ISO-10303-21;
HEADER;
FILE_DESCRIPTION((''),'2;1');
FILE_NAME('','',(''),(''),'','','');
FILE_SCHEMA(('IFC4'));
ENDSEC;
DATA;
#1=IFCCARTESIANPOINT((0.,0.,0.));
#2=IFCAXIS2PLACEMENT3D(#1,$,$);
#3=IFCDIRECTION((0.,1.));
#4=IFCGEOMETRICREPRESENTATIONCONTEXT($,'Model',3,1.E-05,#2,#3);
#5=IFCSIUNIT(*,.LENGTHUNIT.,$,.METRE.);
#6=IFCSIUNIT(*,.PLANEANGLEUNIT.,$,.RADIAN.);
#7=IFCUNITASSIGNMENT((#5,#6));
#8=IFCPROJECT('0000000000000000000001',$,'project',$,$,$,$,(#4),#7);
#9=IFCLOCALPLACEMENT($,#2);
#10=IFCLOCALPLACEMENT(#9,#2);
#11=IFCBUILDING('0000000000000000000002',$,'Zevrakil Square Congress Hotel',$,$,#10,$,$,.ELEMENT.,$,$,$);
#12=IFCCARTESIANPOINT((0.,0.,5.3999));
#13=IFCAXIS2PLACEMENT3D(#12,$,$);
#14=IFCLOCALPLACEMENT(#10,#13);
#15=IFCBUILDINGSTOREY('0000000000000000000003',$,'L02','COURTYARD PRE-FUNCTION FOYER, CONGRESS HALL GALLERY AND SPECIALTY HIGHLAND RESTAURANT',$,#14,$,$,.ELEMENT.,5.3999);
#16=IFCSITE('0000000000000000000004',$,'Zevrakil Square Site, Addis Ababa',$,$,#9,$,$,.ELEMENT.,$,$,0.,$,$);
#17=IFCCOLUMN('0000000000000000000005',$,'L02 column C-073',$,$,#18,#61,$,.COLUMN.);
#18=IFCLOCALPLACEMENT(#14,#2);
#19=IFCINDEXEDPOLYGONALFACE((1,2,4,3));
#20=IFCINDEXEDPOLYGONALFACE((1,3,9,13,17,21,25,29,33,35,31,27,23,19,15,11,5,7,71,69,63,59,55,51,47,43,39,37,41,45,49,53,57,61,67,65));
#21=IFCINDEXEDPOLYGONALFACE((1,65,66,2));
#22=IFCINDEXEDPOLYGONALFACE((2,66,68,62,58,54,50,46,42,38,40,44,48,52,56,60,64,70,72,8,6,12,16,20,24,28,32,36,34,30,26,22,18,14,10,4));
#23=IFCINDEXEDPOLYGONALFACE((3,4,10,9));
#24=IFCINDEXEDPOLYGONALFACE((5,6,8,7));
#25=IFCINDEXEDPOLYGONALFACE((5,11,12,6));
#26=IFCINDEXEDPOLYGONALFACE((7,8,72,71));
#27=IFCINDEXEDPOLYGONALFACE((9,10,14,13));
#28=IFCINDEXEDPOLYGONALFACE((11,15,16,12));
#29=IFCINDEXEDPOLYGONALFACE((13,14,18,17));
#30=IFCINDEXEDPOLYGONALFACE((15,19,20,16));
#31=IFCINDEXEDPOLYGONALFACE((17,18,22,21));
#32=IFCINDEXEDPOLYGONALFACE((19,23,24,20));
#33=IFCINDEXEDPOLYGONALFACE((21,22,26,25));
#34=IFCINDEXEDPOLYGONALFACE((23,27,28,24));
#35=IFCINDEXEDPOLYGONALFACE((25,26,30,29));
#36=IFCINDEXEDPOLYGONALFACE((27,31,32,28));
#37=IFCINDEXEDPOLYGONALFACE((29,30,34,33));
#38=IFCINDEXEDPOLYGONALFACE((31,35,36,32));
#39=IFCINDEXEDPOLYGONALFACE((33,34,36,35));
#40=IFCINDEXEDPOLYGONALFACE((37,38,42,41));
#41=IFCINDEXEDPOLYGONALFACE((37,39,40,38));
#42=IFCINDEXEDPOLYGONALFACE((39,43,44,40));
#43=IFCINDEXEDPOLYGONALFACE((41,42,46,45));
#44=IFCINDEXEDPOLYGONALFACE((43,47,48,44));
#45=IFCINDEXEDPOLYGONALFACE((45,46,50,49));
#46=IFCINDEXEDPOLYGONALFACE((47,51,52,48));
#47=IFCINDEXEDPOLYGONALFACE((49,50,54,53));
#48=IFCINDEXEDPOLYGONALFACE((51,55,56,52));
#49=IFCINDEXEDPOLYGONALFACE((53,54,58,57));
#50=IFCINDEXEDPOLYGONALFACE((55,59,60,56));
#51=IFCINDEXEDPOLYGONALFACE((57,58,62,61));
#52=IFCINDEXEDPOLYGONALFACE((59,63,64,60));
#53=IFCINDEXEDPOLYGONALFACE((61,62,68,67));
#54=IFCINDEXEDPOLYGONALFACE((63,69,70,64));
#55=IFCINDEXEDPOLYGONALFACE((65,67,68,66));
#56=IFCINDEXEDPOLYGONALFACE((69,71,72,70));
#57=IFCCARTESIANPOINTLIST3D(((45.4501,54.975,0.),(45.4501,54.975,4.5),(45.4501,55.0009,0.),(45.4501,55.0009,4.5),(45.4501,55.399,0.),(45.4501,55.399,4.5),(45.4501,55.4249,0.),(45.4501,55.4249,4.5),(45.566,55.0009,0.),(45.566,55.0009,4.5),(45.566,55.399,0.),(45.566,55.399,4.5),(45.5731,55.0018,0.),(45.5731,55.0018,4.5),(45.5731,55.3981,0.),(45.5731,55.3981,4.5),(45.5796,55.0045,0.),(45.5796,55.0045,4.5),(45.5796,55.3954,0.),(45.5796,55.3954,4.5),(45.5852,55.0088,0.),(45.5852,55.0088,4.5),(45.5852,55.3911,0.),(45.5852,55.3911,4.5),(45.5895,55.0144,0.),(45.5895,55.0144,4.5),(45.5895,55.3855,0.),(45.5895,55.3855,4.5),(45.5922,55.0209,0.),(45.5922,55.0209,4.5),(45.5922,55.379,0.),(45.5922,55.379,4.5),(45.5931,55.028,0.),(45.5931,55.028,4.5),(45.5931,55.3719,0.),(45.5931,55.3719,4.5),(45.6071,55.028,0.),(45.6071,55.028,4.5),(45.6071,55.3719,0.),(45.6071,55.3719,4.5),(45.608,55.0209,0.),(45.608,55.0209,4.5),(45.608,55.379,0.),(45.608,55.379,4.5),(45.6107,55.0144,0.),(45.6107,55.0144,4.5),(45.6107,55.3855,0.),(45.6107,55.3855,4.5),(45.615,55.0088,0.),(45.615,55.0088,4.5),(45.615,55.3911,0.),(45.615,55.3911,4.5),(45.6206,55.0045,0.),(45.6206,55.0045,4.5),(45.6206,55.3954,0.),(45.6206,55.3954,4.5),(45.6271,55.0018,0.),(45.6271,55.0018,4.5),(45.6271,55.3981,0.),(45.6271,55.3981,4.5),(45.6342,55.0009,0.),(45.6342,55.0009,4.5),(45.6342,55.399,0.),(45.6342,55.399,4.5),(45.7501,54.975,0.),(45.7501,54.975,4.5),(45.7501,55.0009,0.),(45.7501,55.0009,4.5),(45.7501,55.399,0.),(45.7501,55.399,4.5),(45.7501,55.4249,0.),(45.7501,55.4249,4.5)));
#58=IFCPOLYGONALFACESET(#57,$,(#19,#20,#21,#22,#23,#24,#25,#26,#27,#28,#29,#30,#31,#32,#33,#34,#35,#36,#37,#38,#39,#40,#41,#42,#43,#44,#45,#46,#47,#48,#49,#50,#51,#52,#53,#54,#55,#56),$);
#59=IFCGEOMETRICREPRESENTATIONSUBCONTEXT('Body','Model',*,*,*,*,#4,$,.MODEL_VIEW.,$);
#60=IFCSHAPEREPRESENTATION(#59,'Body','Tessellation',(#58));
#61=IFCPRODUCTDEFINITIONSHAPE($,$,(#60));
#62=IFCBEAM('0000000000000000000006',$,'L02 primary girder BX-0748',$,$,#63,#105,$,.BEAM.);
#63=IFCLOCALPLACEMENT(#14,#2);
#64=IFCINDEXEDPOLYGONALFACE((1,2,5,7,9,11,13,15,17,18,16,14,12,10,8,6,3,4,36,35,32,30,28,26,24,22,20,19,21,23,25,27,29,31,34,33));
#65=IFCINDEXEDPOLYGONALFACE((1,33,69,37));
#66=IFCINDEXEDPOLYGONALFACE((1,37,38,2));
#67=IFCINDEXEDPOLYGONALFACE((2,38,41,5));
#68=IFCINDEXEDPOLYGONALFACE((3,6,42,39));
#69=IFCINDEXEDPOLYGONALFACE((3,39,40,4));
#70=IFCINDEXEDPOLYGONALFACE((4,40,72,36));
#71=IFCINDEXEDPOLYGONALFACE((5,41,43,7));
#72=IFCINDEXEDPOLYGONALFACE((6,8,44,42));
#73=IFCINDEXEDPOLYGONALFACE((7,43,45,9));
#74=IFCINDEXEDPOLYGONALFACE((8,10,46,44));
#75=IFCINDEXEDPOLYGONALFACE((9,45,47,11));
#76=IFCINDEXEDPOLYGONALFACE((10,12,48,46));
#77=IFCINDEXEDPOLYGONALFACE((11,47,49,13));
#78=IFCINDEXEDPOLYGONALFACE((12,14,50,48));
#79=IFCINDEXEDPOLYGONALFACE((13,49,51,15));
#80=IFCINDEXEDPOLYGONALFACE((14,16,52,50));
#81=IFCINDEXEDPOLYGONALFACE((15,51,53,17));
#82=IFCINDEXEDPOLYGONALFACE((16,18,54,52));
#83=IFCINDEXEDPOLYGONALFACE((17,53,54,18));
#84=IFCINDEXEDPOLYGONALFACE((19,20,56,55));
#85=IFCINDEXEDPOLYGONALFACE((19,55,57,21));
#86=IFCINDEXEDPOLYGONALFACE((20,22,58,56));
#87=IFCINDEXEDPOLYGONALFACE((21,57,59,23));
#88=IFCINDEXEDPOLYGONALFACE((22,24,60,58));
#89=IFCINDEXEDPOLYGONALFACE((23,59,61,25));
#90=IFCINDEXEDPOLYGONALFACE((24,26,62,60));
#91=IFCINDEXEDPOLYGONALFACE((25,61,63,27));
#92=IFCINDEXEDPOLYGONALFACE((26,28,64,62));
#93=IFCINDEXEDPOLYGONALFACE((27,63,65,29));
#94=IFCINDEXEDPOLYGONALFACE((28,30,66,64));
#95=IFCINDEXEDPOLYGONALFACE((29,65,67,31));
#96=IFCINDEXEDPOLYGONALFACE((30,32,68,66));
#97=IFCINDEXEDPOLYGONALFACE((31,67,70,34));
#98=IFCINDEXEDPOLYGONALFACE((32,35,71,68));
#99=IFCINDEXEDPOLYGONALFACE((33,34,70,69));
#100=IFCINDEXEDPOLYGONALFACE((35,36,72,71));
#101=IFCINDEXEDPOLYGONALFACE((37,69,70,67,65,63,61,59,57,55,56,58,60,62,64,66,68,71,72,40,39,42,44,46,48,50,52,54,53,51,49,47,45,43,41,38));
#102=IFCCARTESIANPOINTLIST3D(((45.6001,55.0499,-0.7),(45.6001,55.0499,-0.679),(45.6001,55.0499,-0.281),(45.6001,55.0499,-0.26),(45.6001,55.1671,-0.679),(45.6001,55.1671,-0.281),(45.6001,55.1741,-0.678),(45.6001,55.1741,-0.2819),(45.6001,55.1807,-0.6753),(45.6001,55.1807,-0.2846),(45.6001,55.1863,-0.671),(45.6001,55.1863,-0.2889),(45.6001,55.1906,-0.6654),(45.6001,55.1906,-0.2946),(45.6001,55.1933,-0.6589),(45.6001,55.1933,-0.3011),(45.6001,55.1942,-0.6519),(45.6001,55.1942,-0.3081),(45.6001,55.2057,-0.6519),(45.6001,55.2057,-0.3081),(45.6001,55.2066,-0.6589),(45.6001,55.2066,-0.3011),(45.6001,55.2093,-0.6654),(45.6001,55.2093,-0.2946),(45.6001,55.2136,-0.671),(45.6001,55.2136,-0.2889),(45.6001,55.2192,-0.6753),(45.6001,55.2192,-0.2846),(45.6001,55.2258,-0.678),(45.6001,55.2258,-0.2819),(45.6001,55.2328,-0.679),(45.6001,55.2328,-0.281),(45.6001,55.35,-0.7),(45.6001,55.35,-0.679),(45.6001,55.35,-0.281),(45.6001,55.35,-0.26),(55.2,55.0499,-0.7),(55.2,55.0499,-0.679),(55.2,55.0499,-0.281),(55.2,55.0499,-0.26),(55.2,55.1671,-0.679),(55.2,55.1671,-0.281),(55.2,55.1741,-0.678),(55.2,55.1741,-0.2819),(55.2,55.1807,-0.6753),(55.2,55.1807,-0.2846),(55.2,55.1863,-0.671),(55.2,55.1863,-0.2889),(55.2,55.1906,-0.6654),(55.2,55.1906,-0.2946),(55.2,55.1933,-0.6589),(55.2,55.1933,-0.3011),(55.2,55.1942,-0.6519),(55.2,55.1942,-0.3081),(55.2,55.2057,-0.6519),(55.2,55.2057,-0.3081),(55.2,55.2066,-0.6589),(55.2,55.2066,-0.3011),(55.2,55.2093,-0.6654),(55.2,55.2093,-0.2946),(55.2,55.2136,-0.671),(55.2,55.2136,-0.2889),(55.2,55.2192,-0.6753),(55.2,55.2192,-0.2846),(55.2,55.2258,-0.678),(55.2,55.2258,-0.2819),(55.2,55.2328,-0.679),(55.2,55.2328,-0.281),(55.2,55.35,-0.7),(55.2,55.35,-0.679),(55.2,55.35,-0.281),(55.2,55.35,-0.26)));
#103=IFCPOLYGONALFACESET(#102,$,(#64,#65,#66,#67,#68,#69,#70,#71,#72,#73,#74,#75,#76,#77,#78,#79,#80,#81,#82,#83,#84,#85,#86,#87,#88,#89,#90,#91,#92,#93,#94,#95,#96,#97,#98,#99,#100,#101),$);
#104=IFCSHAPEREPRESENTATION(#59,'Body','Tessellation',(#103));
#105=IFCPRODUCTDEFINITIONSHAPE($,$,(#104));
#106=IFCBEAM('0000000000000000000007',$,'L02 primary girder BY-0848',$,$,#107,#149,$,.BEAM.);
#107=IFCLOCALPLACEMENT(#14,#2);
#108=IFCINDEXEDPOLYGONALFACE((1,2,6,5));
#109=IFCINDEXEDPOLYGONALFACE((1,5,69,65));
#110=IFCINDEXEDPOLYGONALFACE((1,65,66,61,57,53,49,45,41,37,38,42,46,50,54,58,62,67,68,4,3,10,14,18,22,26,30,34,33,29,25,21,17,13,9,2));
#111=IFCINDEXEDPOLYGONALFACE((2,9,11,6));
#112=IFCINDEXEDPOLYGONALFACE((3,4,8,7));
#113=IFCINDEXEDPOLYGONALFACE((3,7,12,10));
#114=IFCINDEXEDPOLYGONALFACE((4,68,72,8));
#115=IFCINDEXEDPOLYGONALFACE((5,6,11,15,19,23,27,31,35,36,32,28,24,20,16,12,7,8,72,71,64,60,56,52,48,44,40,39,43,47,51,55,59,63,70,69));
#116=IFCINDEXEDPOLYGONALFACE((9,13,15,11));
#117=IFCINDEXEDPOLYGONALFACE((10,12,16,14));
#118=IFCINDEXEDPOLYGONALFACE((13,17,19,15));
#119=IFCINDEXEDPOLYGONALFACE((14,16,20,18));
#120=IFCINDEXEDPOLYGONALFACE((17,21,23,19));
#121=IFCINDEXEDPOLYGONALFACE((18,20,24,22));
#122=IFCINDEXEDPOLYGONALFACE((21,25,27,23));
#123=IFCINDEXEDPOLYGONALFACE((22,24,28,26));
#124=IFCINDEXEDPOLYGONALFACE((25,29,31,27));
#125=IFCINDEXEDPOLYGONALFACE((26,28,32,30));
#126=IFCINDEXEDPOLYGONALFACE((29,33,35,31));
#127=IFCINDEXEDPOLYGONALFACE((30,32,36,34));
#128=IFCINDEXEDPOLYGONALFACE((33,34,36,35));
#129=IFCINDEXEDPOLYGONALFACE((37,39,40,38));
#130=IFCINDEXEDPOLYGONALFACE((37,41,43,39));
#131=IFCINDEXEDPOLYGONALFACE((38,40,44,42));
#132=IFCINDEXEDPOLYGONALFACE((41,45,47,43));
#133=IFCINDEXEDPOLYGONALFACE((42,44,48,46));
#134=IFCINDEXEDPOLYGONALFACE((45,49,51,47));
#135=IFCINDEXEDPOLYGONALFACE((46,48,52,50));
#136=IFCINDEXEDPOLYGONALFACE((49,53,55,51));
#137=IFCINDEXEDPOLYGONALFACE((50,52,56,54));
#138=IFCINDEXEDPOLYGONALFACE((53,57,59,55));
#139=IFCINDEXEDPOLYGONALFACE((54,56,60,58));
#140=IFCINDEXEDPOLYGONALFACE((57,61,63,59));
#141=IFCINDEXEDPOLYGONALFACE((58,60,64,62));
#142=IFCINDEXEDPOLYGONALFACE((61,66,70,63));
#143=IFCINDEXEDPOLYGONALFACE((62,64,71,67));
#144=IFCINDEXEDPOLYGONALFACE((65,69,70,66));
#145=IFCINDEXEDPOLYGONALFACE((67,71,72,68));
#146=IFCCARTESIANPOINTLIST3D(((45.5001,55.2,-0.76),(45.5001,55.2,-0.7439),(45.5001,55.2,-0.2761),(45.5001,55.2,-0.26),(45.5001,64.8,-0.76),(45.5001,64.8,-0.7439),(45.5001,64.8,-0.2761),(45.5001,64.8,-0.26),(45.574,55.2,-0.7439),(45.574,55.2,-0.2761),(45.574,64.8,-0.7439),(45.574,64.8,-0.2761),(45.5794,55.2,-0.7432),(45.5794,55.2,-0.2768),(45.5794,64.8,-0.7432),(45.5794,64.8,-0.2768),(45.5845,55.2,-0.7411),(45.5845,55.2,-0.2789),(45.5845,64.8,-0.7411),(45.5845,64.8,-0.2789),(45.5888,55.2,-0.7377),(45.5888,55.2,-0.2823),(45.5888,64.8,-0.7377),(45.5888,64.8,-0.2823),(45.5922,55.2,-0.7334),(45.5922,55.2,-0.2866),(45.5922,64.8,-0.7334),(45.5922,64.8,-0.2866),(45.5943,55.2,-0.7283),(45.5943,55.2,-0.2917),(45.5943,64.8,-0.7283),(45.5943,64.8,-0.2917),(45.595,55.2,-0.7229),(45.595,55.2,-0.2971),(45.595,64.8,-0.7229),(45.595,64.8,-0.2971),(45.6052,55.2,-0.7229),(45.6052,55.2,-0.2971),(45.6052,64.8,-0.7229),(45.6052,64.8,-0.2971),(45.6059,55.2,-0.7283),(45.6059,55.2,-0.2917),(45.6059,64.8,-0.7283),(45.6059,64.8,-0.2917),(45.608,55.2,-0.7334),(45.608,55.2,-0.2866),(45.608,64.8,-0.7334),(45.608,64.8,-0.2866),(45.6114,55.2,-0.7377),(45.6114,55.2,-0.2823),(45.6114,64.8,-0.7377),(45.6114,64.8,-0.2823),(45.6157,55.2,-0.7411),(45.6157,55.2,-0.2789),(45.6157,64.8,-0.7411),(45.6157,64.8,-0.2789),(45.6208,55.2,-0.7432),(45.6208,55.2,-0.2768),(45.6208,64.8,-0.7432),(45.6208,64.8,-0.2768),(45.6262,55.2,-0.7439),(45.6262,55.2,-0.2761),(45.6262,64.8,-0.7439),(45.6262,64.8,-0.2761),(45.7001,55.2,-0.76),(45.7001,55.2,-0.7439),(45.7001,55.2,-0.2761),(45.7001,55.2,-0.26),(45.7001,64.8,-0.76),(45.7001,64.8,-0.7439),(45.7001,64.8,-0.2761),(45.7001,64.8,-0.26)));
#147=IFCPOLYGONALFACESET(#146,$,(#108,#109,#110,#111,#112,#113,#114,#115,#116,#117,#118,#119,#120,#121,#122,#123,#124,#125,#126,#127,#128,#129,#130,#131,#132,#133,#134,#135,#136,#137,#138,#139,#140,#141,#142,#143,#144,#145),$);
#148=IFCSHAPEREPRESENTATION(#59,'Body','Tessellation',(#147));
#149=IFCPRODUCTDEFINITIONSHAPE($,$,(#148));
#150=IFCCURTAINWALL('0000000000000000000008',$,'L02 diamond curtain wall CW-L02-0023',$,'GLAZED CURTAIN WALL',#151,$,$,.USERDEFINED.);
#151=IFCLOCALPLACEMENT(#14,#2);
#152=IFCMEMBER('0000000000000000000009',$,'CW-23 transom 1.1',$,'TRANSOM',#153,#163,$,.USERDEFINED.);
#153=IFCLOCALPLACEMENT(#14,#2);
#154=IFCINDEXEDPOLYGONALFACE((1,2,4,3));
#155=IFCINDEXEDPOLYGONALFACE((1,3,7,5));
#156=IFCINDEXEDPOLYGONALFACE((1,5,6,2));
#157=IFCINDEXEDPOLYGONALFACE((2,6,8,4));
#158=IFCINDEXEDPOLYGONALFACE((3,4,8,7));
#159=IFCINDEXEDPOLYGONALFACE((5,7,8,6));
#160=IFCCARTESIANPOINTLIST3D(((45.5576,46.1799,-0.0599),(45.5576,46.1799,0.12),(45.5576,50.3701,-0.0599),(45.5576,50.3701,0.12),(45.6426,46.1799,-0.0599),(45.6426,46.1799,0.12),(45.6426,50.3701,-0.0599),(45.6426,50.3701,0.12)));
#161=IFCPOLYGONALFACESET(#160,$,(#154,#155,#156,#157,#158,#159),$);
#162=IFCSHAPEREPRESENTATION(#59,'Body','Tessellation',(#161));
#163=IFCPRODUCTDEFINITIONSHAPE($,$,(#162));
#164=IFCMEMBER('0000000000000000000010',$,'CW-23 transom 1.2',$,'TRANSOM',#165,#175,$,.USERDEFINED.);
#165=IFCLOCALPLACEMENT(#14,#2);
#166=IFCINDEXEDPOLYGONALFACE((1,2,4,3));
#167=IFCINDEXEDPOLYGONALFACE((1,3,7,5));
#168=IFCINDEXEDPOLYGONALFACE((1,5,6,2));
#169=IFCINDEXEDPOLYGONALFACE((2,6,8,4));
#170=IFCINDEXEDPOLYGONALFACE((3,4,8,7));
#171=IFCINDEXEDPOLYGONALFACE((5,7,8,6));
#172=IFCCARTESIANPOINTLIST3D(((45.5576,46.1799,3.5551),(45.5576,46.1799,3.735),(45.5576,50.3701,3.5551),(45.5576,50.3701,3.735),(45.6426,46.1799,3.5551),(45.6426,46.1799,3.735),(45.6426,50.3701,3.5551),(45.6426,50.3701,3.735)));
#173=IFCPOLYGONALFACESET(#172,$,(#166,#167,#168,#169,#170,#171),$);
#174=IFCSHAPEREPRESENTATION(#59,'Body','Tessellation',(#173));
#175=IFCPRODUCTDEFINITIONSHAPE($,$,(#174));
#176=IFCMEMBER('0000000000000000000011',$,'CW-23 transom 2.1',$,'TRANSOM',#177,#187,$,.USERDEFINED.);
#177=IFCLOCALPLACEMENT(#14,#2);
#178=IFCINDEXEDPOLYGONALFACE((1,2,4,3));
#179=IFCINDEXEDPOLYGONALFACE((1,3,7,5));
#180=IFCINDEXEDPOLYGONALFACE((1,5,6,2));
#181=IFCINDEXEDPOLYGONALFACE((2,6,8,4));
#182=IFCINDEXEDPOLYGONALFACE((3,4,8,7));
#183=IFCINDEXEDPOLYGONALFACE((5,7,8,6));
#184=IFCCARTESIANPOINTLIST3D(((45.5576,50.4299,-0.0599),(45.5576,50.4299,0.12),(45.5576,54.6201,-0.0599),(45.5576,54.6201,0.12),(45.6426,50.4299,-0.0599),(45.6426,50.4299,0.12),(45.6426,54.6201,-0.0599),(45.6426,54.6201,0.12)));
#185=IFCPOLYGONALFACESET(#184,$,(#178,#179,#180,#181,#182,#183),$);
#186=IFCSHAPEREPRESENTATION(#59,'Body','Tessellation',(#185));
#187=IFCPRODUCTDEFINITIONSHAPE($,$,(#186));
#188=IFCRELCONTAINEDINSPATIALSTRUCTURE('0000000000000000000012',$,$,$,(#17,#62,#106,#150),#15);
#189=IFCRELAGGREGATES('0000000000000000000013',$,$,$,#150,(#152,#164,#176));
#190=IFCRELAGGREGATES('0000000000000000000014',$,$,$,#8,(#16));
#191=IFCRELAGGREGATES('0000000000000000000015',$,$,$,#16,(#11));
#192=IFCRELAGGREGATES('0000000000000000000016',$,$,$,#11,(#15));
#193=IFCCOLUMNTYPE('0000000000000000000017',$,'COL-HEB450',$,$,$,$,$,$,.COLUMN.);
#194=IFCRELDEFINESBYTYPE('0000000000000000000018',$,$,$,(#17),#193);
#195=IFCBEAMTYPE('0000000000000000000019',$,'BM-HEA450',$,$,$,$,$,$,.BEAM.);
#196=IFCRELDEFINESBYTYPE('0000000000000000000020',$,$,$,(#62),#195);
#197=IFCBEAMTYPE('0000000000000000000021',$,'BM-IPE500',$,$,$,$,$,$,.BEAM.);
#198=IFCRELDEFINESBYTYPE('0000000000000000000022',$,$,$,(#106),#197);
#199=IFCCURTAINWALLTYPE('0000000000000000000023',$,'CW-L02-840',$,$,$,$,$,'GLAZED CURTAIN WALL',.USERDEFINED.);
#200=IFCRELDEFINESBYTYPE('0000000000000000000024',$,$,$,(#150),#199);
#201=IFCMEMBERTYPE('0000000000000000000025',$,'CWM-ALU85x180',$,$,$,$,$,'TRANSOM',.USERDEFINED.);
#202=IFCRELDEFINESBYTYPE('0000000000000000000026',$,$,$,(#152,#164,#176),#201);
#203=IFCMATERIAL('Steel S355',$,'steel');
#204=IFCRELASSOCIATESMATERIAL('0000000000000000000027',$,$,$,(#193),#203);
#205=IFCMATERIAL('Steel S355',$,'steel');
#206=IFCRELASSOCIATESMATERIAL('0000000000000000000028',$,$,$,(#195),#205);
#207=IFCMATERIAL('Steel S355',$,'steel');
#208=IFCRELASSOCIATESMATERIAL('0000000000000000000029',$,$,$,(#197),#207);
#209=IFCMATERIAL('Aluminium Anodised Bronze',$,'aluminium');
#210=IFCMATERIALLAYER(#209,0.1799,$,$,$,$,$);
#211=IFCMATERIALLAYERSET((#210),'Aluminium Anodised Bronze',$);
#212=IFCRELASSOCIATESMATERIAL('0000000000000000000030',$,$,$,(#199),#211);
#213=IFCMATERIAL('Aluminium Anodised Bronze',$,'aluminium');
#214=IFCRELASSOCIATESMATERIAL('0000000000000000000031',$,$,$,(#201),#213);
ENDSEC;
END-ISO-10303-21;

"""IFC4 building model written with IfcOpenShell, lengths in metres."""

from ifc_helpers import new_model, si_unit, direction, frame, origin, origin_2d, place, context, subcontext, project, spatial, rectangle, i_section, extrude, material, layer, layer_set, material_profile, profile_set, type_object, element, aggregate, save


model = new_model("IFC4")

# Units and contexts
model_context = context("Model", 3, precision=1e-05, world=origin(), true_north=direction((0.0, 1.0)))
body_context = subcontext(model_context, "Body", "Model", "MODEL_VIEW")
ifc_project = project(units=[si_unit("LENGTHUNIT", "METRE"), si_unit("PLANEANGLEUNIT", "RADIAN")], contexts=[model_context])

# Site, building, storey
site_placement = place(None, origin())
site = spatial("IfcSite", under=ifc_project, at=site_placement, Name="Zevrakil Square Site, Addis Ababa", CompositionType="ELEMENT", RefElevation=0.0)
building_placement = place(site_placement, origin())
building = spatial("IfcBuilding", under=site, at=building_placement, Name="Zevrakil Square Congress Hotel", CompositionType="ELEMENT")
storey_placement = place(building_placement, frame((0.0, 0.0, 5.3999)))
storey = spatial("IfcBuildingStorey", under=building, at=storey_placement, Name="L02", Description="COURTYARD PRE-FUNCTION FOYER, CONGRESS HALL GALLERY AND SPECIALTY HIGHLAND RESTAURANT", CompositionType="ELEMENT", Elevation=5.3999)

# Column
ifc_material_1 = material(Name="Steel S355", Category="steel")
ifc_material_profile_1 = material_profile(ifc_material_1, i_section(OverallWidth=0.3, OverallDepth=0.45, WebThickness=0.0139, FlangeThickness=0.0259, FilletRadius=0.0271, at=origin_2d()), Name="HEB 450")
ifc_profile_set_1 = profile_set([ifc_material_profile_1], Name="Steel S355")
column_type = type_object("IfcColumnType", Name="COL-HEB450", PredefinedType="COLUMN", material=ifc_profile_set_1)
column_placement = place(storey_placement, frame((45.6001, 55.2, 0.0), z_axis=(0.0, 0.0, 1.0), x_axis=(1.0, 0.0, 0.0)))
element("IfcColumn", 1, at=column_placement, inside=storey, type_object=column_type, Name="L02 column C-073", PredefinedType="COLUMN", context=body_context, shape_type="SweptSolid", body=[
    extrude(i_section(OverallWidth=0.3, OverallDepth=0.45, WebThickness=0.0139, FlangeThickness=0.0259, FilletRadius=0.0271, at=origin_2d()), origin(), (0.0, 0.0, 1.0), 4.5),
])

# Beams
ifc_material_2 = material(Name="Steel S355", Category="steel")
ifc_material_profile_2 = material_profile(ifc_material_2, i_section(OverallWidth=0.3, OverallDepth=0.4399, WebThickness=0.0115, FlangeThickness=0.021, FilletRadius=0.0271, at=origin_2d()), Name="HEA 450")
ifc_profile_set_2 = profile_set([ifc_material_profile_2], Name="Steel S355")
beam_type_1 = type_object("IfcBeamType", Name="BM-HEA450", PredefinedType="BEAM", material=ifc_profile_set_2)
beam_1_placement = place(storey_placement, frame((45.6001, 55.2, -0.48), z_axis=(1.0, 0.0, 0.0), x_axis=(0.0, 1.0, 0.0)))
element("IfcBeam", 2, at=beam_1_placement, inside=storey, type_object=beam_type_1, Name="L02 primary girder BX-0748", PredefinedType="BEAM", context=body_context, shape_type="SweptSolid", body=[
    extrude(i_section(OverallWidth=0.3, OverallDepth=0.4399, WebThickness=0.0115, FlangeThickness=0.021, FilletRadius=0.0271, at=origin_2d()), origin(), (0.0, 0.0, 1.0), 9.5999),
])
ifc_material_3 = material(Name="Steel S355", Category="steel")
ifc_material_profile_3 = material_profile(ifc_material_3, i_section(OverallWidth=0.2, OverallDepth=0.5, WebThickness=0.0103, FlangeThickness=0.0161, FilletRadius=0.021, at=origin_2d()), Name="IPE 500")
ifc_profile_set_3 = profile_set([ifc_material_profile_3], Name="Steel S355")
beam_type_2 = type_object("IfcBeamType", Name="BM-IPE500", PredefinedType="BEAM", material=ifc_profile_set_3)
beam_2_placement = place(storey_placement, frame((45.6001, 55.2, -0.51), z_axis=(0.0, 1.0, 0.0), x_axis=(-1.0, 0.0, 0.0)))
element("IfcBeam", 3, at=beam_2_placement, inside=storey, type_object=beam_type_2, Name="L02 primary girder BY-0848", PredefinedType="BEAM", context=body_context, shape_type="SweptSolid", body=[
    extrude(i_section(OverallWidth=0.2, OverallDepth=0.5, WebThickness=0.0103, FlangeThickness=0.0161, FilletRadius=0.021, at=origin_2d()), origin(), (0.0, 0.0, 1.0), 9.6001),
])

# Curtain wall, members
ifc_material_4 = material(Name="Aluminium Anodised Bronze", Category="aluminium")
ifc_layer_1 = layer(ifc_material_4, 0.1799)
ifc_layer_set_1 = layer_set([ifc_layer_1], Name="Aluminium Anodised Bronze")
curtain_wall_type = type_object("IfcCurtainWallType", Name="CW-L02-840", ElementType="GLAZED CURTAIN WALL", PredefinedType="USERDEFINED", material=ifc_layer_set_1)
curtain_wall_1_placement = place(storey_placement, origin())
curtain_wall_1 = element("IfcCurtainWall", 4, at=curtain_wall_1_placement, inside=storey, type_object=curtain_wall_type, Name="L02 diamond curtain wall CW-L02-0023", ObjectType="GLAZED CURTAIN WALL", PredefinedType="USERDEFINED")
ifc_material_5 = material(Name="Aluminium Anodised Bronze", Category="aluminium")
ifc_material_profile_4 = material_profile(ifc_material_5, rectangle(XDim=0.085, YDim=0.1799, at=origin_2d()), Name="ALU 85x180")
ifc_profile_set_4 = profile_set([ifc_material_profile_4], Name="Aluminium Anodised Bronze")
member_type_1 = type_object("IfcMemberType", Name="CWM-ALU85x180", ElementType="TRANSOM", PredefinedType="USERDEFINED", material=ifc_profile_set_4)
member_1_placement = place(storey_placement, frame((45.6001, 46.1799, 0.03), z_axis=(0.0, 1.0, 0.0), x_axis=(-1.0, 0.0, 0.0)))
member_1 = element("IfcMember", 5, at=member_1_placement, type_object=member_type_1, Name="CW-23 transom 1.1", ObjectType="TRANSOM", PredefinedType="USERDEFINED", context=body_context, shape_type="SweptSolid", body=[
    extrude(rectangle(XDim=0.085, YDim=0.1799, at=origin_2d()), origin(), (0.0, 0.0, 1.0), 4.1902),
])
member_2_placement = place(storey_placement, frame((45.6001, 46.1799, 3.645), z_axis=(0.0, 1.0, 0.0), x_axis=(-1.0, 0.0, 0.0)))
member_2 = element("IfcMember", 6, at=member_2_placement, type_object=member_type_1, Name="CW-23 transom 1.2", ObjectType="TRANSOM", PredefinedType="USERDEFINED", context=body_context, shape_type="SweptSolid", body=[
    extrude(rectangle(XDim=0.085, YDim=0.1799, at=origin_2d()), origin(), (0.0, 0.0, 1.0), 4.1902),
])
member_3_placement = place(storey_placement, frame((45.6001, 50.4299, 0.03), z_axis=(0.0, 1.0, 0.0), x_axis=(-1.0, 0.0, 0.0)))
member_3 = element("IfcMember", 7, at=member_3_placement, type_object=member_type_1, Name="CW-23 transom 2.1", ObjectType="TRANSOM", PredefinedType="USERDEFINED", context=body_context, shape_type="SweptSolid", body=[
    extrude(rectangle(XDim=0.085, YDim=0.1799, at=origin_2d()), origin(), (0.0, 0.0, 1.0), 4.1902),
])

aggregate(curtain_wall_1, [member_1, member_2, member_3])

save(model, "model.ifc")
